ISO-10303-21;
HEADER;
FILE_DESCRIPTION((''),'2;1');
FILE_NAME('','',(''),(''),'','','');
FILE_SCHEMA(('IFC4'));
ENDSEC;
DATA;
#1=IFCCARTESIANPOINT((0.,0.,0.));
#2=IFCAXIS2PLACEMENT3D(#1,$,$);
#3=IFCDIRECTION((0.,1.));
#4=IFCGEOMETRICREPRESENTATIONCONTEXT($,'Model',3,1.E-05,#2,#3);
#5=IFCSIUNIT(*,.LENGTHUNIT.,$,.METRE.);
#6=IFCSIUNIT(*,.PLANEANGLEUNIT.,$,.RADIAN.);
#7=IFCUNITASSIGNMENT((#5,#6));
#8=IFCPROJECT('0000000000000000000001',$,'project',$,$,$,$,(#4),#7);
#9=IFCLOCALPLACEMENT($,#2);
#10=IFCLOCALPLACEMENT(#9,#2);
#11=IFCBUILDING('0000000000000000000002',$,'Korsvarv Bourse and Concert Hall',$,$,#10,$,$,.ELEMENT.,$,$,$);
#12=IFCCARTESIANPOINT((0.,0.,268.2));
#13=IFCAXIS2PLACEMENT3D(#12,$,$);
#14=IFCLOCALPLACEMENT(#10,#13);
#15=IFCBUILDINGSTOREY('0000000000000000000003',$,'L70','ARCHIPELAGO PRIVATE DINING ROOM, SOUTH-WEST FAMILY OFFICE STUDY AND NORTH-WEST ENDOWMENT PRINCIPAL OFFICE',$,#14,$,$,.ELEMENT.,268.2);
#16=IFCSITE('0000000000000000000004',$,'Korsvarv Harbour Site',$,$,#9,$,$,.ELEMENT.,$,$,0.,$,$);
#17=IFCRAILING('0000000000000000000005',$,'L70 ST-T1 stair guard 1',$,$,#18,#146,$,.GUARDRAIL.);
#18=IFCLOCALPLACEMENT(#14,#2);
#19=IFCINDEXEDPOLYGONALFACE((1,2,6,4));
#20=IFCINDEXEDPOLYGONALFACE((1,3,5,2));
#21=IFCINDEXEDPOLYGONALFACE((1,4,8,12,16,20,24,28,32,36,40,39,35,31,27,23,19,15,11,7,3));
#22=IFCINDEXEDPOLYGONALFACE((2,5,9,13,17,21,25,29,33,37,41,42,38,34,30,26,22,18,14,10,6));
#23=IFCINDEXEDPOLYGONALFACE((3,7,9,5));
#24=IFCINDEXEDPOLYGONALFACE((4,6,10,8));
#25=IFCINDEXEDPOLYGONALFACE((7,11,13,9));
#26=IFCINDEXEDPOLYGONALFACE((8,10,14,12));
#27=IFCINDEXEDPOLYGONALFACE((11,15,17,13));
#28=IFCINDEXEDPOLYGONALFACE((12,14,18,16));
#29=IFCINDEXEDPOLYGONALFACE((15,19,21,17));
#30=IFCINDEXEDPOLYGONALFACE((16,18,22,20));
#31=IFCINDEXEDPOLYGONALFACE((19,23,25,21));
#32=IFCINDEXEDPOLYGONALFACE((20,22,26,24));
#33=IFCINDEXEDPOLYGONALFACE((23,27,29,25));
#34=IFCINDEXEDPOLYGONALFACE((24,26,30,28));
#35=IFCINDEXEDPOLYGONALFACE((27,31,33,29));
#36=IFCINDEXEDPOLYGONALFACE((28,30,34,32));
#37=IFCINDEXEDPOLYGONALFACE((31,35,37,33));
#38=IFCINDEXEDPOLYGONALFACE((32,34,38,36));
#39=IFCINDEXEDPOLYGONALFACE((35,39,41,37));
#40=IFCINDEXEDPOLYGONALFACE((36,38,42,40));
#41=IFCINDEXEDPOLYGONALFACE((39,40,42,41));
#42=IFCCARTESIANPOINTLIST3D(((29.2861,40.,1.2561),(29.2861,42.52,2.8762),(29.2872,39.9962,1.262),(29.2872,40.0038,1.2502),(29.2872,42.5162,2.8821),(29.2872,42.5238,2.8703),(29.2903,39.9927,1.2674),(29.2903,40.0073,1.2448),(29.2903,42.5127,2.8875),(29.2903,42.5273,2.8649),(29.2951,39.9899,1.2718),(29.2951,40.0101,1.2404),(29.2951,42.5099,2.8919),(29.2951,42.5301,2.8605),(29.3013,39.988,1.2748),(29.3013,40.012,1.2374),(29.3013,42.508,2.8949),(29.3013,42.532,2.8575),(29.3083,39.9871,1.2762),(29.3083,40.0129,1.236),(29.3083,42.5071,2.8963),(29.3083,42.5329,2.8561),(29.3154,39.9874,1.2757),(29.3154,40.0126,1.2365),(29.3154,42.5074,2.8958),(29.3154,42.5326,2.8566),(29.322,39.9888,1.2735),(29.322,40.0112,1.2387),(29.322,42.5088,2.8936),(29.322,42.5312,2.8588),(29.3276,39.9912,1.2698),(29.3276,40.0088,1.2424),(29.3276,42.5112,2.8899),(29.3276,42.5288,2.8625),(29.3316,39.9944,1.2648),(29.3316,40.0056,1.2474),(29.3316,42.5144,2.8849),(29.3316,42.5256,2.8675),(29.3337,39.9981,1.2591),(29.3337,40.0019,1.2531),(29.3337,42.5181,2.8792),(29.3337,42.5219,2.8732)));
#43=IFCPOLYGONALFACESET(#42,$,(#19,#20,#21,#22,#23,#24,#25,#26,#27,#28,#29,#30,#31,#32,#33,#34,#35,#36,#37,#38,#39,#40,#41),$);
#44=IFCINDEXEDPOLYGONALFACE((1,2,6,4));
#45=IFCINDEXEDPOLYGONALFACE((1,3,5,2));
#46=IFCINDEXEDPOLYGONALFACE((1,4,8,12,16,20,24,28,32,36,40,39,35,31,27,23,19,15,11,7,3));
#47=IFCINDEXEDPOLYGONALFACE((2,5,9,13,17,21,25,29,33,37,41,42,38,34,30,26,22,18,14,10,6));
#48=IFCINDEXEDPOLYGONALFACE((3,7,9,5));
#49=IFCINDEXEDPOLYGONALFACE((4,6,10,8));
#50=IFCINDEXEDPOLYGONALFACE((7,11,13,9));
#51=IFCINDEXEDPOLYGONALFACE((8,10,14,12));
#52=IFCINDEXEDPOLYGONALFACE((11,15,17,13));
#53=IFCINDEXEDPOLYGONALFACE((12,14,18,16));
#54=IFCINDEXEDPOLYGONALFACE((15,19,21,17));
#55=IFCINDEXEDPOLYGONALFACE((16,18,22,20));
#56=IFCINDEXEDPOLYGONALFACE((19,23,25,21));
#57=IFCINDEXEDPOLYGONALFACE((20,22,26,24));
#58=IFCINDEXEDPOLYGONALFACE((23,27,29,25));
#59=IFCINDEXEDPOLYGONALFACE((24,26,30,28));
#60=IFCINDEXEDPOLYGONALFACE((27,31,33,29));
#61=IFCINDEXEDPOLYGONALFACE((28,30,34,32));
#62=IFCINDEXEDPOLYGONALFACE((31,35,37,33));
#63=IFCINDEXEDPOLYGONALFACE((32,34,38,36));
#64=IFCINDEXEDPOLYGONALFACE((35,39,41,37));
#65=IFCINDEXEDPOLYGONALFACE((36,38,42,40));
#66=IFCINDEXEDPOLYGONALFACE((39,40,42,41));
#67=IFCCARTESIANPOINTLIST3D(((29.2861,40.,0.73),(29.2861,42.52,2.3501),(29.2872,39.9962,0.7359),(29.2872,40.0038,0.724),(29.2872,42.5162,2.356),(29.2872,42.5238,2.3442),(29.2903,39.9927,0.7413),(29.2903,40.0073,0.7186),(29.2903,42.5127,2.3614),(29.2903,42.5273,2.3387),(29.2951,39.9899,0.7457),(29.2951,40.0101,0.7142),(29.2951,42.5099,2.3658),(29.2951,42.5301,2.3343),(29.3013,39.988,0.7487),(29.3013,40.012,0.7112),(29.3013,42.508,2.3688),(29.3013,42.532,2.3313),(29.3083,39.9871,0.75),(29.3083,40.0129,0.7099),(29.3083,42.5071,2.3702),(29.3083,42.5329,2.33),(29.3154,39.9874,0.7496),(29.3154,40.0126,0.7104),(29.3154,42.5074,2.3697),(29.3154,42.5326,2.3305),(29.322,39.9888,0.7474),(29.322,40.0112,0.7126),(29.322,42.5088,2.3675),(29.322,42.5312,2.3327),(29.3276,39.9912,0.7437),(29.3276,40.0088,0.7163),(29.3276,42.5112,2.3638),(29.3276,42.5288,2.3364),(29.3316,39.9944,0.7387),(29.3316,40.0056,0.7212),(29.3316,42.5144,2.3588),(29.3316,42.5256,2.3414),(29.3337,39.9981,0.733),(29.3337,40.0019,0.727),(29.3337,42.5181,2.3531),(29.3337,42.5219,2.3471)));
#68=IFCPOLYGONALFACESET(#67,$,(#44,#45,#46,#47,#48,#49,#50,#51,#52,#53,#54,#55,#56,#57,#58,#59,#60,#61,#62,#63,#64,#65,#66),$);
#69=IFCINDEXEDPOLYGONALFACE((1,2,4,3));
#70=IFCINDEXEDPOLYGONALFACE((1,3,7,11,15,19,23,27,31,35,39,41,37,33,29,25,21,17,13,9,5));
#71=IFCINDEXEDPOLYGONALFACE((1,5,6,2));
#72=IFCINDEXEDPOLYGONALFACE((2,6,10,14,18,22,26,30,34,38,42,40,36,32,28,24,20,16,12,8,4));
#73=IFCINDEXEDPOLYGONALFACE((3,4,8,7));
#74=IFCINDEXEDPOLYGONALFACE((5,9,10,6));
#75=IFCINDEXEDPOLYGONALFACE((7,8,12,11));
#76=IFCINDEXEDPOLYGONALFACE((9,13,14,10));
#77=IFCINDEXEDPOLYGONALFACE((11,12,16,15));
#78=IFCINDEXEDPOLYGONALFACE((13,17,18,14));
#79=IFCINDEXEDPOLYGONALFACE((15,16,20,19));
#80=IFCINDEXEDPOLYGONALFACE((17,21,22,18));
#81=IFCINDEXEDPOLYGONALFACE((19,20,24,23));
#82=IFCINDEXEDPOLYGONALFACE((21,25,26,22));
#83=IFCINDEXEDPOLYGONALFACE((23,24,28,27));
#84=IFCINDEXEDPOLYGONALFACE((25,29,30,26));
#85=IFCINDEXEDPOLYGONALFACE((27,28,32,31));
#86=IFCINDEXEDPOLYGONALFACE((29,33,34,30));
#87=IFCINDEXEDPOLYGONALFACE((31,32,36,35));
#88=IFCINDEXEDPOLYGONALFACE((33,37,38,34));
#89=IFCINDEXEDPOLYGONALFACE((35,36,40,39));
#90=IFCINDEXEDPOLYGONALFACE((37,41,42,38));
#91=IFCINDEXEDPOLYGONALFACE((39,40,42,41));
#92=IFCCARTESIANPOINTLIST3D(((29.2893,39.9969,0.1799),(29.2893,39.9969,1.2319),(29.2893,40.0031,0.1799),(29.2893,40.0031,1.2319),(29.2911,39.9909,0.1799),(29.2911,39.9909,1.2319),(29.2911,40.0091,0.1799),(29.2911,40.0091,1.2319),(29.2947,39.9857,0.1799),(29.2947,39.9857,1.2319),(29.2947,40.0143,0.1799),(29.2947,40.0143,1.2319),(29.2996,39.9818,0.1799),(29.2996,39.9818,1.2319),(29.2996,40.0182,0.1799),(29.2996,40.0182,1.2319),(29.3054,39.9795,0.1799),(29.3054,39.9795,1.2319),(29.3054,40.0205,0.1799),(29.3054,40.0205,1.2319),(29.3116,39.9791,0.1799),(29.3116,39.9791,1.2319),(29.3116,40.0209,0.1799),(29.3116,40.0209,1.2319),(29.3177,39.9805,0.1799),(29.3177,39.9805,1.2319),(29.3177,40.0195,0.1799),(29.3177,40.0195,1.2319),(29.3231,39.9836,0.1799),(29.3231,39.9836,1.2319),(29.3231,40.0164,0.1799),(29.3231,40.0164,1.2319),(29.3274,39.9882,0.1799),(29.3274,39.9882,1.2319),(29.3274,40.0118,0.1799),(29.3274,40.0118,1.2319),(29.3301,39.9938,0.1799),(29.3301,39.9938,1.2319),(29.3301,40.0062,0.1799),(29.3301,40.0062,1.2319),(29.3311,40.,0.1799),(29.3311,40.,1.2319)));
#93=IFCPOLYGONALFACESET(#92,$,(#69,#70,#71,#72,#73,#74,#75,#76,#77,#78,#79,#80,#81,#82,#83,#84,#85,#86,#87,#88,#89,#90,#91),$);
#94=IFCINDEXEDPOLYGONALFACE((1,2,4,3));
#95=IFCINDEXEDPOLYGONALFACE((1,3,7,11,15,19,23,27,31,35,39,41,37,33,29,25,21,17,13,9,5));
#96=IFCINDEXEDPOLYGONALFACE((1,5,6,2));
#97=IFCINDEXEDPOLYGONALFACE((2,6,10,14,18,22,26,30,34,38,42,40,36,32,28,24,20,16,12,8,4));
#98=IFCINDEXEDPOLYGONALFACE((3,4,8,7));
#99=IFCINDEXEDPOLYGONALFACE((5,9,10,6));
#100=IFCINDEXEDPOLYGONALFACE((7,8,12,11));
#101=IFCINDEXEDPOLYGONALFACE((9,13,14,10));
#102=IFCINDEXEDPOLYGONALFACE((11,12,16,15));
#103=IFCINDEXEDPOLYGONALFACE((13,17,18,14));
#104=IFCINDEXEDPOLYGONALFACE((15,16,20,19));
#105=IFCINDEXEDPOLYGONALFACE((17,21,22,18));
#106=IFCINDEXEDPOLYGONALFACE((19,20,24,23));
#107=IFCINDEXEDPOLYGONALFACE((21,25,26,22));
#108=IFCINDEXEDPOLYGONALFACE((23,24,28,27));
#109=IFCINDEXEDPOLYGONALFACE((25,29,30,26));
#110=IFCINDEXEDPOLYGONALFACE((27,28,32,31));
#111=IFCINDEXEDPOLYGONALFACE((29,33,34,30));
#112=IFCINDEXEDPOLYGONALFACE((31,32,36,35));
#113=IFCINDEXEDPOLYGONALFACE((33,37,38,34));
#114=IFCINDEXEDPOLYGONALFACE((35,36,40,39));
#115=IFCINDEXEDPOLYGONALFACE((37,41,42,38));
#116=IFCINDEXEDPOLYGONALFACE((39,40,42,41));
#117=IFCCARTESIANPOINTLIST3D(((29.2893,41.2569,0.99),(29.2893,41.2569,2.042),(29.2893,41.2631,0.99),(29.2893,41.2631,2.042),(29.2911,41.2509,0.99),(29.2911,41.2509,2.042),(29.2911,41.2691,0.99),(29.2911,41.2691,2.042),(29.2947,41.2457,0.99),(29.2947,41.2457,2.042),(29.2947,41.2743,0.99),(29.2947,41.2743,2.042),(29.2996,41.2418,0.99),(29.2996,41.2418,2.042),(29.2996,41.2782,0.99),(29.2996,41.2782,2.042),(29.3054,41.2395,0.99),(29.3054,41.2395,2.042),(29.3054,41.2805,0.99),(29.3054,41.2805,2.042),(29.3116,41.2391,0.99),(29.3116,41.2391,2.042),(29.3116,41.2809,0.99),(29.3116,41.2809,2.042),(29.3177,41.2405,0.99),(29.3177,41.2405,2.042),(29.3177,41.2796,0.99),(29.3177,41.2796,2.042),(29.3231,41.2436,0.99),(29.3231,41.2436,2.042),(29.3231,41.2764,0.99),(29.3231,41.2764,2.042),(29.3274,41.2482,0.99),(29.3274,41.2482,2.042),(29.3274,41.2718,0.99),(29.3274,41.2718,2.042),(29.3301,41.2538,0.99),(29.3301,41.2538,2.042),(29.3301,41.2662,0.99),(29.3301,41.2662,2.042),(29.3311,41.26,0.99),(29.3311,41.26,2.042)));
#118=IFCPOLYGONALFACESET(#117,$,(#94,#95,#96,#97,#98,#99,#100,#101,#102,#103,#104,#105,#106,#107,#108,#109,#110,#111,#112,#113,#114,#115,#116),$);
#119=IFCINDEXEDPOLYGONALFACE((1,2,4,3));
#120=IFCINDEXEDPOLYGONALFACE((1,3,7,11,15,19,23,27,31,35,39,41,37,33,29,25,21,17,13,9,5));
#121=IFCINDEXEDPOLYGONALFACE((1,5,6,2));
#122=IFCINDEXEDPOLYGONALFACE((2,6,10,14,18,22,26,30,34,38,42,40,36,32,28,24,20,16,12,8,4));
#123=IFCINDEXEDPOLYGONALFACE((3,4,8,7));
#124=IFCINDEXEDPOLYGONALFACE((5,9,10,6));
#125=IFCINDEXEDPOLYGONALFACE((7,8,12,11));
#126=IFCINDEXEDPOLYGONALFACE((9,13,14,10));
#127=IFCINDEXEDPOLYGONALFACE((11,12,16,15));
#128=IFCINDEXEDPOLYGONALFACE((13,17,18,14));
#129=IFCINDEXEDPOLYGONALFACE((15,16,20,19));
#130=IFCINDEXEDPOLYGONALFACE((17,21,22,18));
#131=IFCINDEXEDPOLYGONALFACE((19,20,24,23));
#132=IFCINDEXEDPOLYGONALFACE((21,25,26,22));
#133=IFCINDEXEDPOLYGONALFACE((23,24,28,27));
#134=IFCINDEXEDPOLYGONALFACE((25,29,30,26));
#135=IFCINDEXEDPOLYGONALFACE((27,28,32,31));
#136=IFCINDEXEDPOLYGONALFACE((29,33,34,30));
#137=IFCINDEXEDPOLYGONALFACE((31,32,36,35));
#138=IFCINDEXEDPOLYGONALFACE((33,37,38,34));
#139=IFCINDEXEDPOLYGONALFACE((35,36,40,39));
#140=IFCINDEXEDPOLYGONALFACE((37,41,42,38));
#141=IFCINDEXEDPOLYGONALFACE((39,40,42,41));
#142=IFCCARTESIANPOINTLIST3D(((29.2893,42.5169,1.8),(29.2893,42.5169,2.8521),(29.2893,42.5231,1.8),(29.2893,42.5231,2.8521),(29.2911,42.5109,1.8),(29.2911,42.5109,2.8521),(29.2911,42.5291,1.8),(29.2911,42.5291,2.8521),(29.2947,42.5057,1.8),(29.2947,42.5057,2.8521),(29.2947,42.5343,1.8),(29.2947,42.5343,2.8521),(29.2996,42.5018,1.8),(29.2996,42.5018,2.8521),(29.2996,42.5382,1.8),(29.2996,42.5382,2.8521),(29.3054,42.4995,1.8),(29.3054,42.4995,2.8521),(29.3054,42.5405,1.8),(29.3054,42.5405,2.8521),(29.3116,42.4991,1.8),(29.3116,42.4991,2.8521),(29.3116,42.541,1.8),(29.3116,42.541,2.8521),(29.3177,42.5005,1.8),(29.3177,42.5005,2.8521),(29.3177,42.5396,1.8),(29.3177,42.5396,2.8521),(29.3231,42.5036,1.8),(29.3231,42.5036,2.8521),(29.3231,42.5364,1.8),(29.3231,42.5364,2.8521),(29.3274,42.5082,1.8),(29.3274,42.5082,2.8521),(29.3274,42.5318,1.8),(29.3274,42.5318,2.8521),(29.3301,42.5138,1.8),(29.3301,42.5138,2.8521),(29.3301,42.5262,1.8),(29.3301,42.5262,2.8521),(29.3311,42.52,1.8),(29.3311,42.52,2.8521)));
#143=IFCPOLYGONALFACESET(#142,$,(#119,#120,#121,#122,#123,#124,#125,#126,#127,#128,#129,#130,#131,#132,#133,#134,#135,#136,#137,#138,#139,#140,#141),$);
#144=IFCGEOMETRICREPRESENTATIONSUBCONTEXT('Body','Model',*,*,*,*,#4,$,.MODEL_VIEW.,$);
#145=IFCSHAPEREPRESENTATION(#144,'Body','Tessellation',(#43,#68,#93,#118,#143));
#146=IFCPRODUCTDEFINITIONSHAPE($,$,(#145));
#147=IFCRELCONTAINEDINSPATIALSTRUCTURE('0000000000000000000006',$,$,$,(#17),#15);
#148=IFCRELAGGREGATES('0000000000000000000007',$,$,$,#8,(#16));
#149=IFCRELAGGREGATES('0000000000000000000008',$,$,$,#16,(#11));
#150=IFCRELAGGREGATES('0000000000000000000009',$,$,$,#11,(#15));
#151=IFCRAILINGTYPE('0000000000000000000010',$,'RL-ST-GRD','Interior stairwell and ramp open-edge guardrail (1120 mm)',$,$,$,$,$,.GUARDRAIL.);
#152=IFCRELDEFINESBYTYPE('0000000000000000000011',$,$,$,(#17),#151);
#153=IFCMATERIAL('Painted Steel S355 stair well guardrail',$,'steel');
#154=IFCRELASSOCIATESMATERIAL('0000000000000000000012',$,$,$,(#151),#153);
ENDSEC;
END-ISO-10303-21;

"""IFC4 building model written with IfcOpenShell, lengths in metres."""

from ifc_helpers import new_model, si_unit, direction, frame, origin, origin_2d, place, context, subcontext, project, spatial, circle, extrude, material, type_object, element, save


model = new_model("IFC4")

# Units and contexts
model_context = context("Model", 3, precision=1e-05, world=origin(), true_north=direction((0.0, 1.0)))
body_context = subcontext(model_context, "Body", "Model", "MODEL_VIEW")
ifc_project = project(units=[si_unit("LENGTHUNIT", "METRE"), si_unit("PLANEANGLEUNIT", "RADIAN")], contexts=[model_context])

# Site, building, storey
site_placement = place(None, origin())
site = spatial("IfcSite", under=ifc_project, at=site_placement, Name="Korsvarv Harbour Site", CompositionType="ELEMENT", RefElevation=0.0)
building_placement = place(site_placement, origin())
building = spatial("IfcBuilding", under=site, at=building_placement, Name="Korsvarv Bourse and Concert Hall", CompositionType="ELEMENT")
storey_placement = place(building_placement, frame((0.0, 0.0, 268.2)))
storey = spatial("IfcBuildingStorey", under=building, at=storey_placement, Name="L70", Description="ARCHIPELAGO PRIVATE DINING ROOM, SOUTH-WEST FAMILY OFFICE STUDY AND NORTH-WEST ENDOWMENT PRINCIPAL OFFICE", CompositionType="ELEMENT", Elevation=268.2)

# Railing
ifc_material_1 = material(Name="Painted Steel S355 stair well guardrail", Category="steel")
railing_type_1 = type_object("IfcRailingType", Name="RL-ST-GRD", Description="Interior stairwell and ramp open-edge guardrail (1120 mm)", PredefinedType="GUARDRAIL", material=ifc_material_1)
railing_1_placement = place(storey_placement, frame((29.3101, 40.0, 0.1799)))
element("IfcRailing", 1, at=railing_1_placement, inside=storey, type_object=railing_type_1, Name="L70 ST-T1 stair guard 1", PredefinedType="GUARDRAIL", context=body_context, shape_type="SweptSolid", body=[
    extrude(circle(Radius=0.0239, at=origin_2d()), frame((0.0, 0.0, 1.0762), z_axis=(0.0, 0.841163, 0.540782), x_axis=(-1.0, 0.0, 0.0)), (0.0, 0.0, 1.0), 2.9958),
    extrude(circle(Radius=0.0239, at=origin_2d()), frame((0.0, 0.0, 0.55), z_axis=(0.0, 0.841163, 0.540782), x_axis=(-1.0, 0.0, 0.0)), (0.0, 0.0, 1.0), 2.9958),
    extrude(circle(Radius=0.021, at=origin_2d()), origin(), (0.0, 0.0, 1.0), 1.052),
    extrude(circle(Radius=0.021, at=origin_2d()), frame((0.0, 1.26, 0.8101)), (0.0, 0.0, 1.0), 1.052),
    extrude(circle(Radius=0.021, at=origin_2d()), frame((0.0, 2.52, 1.6201)), (0.0, 0.0, 1.0), 1.052),
])

save(model, "model.ifc")
